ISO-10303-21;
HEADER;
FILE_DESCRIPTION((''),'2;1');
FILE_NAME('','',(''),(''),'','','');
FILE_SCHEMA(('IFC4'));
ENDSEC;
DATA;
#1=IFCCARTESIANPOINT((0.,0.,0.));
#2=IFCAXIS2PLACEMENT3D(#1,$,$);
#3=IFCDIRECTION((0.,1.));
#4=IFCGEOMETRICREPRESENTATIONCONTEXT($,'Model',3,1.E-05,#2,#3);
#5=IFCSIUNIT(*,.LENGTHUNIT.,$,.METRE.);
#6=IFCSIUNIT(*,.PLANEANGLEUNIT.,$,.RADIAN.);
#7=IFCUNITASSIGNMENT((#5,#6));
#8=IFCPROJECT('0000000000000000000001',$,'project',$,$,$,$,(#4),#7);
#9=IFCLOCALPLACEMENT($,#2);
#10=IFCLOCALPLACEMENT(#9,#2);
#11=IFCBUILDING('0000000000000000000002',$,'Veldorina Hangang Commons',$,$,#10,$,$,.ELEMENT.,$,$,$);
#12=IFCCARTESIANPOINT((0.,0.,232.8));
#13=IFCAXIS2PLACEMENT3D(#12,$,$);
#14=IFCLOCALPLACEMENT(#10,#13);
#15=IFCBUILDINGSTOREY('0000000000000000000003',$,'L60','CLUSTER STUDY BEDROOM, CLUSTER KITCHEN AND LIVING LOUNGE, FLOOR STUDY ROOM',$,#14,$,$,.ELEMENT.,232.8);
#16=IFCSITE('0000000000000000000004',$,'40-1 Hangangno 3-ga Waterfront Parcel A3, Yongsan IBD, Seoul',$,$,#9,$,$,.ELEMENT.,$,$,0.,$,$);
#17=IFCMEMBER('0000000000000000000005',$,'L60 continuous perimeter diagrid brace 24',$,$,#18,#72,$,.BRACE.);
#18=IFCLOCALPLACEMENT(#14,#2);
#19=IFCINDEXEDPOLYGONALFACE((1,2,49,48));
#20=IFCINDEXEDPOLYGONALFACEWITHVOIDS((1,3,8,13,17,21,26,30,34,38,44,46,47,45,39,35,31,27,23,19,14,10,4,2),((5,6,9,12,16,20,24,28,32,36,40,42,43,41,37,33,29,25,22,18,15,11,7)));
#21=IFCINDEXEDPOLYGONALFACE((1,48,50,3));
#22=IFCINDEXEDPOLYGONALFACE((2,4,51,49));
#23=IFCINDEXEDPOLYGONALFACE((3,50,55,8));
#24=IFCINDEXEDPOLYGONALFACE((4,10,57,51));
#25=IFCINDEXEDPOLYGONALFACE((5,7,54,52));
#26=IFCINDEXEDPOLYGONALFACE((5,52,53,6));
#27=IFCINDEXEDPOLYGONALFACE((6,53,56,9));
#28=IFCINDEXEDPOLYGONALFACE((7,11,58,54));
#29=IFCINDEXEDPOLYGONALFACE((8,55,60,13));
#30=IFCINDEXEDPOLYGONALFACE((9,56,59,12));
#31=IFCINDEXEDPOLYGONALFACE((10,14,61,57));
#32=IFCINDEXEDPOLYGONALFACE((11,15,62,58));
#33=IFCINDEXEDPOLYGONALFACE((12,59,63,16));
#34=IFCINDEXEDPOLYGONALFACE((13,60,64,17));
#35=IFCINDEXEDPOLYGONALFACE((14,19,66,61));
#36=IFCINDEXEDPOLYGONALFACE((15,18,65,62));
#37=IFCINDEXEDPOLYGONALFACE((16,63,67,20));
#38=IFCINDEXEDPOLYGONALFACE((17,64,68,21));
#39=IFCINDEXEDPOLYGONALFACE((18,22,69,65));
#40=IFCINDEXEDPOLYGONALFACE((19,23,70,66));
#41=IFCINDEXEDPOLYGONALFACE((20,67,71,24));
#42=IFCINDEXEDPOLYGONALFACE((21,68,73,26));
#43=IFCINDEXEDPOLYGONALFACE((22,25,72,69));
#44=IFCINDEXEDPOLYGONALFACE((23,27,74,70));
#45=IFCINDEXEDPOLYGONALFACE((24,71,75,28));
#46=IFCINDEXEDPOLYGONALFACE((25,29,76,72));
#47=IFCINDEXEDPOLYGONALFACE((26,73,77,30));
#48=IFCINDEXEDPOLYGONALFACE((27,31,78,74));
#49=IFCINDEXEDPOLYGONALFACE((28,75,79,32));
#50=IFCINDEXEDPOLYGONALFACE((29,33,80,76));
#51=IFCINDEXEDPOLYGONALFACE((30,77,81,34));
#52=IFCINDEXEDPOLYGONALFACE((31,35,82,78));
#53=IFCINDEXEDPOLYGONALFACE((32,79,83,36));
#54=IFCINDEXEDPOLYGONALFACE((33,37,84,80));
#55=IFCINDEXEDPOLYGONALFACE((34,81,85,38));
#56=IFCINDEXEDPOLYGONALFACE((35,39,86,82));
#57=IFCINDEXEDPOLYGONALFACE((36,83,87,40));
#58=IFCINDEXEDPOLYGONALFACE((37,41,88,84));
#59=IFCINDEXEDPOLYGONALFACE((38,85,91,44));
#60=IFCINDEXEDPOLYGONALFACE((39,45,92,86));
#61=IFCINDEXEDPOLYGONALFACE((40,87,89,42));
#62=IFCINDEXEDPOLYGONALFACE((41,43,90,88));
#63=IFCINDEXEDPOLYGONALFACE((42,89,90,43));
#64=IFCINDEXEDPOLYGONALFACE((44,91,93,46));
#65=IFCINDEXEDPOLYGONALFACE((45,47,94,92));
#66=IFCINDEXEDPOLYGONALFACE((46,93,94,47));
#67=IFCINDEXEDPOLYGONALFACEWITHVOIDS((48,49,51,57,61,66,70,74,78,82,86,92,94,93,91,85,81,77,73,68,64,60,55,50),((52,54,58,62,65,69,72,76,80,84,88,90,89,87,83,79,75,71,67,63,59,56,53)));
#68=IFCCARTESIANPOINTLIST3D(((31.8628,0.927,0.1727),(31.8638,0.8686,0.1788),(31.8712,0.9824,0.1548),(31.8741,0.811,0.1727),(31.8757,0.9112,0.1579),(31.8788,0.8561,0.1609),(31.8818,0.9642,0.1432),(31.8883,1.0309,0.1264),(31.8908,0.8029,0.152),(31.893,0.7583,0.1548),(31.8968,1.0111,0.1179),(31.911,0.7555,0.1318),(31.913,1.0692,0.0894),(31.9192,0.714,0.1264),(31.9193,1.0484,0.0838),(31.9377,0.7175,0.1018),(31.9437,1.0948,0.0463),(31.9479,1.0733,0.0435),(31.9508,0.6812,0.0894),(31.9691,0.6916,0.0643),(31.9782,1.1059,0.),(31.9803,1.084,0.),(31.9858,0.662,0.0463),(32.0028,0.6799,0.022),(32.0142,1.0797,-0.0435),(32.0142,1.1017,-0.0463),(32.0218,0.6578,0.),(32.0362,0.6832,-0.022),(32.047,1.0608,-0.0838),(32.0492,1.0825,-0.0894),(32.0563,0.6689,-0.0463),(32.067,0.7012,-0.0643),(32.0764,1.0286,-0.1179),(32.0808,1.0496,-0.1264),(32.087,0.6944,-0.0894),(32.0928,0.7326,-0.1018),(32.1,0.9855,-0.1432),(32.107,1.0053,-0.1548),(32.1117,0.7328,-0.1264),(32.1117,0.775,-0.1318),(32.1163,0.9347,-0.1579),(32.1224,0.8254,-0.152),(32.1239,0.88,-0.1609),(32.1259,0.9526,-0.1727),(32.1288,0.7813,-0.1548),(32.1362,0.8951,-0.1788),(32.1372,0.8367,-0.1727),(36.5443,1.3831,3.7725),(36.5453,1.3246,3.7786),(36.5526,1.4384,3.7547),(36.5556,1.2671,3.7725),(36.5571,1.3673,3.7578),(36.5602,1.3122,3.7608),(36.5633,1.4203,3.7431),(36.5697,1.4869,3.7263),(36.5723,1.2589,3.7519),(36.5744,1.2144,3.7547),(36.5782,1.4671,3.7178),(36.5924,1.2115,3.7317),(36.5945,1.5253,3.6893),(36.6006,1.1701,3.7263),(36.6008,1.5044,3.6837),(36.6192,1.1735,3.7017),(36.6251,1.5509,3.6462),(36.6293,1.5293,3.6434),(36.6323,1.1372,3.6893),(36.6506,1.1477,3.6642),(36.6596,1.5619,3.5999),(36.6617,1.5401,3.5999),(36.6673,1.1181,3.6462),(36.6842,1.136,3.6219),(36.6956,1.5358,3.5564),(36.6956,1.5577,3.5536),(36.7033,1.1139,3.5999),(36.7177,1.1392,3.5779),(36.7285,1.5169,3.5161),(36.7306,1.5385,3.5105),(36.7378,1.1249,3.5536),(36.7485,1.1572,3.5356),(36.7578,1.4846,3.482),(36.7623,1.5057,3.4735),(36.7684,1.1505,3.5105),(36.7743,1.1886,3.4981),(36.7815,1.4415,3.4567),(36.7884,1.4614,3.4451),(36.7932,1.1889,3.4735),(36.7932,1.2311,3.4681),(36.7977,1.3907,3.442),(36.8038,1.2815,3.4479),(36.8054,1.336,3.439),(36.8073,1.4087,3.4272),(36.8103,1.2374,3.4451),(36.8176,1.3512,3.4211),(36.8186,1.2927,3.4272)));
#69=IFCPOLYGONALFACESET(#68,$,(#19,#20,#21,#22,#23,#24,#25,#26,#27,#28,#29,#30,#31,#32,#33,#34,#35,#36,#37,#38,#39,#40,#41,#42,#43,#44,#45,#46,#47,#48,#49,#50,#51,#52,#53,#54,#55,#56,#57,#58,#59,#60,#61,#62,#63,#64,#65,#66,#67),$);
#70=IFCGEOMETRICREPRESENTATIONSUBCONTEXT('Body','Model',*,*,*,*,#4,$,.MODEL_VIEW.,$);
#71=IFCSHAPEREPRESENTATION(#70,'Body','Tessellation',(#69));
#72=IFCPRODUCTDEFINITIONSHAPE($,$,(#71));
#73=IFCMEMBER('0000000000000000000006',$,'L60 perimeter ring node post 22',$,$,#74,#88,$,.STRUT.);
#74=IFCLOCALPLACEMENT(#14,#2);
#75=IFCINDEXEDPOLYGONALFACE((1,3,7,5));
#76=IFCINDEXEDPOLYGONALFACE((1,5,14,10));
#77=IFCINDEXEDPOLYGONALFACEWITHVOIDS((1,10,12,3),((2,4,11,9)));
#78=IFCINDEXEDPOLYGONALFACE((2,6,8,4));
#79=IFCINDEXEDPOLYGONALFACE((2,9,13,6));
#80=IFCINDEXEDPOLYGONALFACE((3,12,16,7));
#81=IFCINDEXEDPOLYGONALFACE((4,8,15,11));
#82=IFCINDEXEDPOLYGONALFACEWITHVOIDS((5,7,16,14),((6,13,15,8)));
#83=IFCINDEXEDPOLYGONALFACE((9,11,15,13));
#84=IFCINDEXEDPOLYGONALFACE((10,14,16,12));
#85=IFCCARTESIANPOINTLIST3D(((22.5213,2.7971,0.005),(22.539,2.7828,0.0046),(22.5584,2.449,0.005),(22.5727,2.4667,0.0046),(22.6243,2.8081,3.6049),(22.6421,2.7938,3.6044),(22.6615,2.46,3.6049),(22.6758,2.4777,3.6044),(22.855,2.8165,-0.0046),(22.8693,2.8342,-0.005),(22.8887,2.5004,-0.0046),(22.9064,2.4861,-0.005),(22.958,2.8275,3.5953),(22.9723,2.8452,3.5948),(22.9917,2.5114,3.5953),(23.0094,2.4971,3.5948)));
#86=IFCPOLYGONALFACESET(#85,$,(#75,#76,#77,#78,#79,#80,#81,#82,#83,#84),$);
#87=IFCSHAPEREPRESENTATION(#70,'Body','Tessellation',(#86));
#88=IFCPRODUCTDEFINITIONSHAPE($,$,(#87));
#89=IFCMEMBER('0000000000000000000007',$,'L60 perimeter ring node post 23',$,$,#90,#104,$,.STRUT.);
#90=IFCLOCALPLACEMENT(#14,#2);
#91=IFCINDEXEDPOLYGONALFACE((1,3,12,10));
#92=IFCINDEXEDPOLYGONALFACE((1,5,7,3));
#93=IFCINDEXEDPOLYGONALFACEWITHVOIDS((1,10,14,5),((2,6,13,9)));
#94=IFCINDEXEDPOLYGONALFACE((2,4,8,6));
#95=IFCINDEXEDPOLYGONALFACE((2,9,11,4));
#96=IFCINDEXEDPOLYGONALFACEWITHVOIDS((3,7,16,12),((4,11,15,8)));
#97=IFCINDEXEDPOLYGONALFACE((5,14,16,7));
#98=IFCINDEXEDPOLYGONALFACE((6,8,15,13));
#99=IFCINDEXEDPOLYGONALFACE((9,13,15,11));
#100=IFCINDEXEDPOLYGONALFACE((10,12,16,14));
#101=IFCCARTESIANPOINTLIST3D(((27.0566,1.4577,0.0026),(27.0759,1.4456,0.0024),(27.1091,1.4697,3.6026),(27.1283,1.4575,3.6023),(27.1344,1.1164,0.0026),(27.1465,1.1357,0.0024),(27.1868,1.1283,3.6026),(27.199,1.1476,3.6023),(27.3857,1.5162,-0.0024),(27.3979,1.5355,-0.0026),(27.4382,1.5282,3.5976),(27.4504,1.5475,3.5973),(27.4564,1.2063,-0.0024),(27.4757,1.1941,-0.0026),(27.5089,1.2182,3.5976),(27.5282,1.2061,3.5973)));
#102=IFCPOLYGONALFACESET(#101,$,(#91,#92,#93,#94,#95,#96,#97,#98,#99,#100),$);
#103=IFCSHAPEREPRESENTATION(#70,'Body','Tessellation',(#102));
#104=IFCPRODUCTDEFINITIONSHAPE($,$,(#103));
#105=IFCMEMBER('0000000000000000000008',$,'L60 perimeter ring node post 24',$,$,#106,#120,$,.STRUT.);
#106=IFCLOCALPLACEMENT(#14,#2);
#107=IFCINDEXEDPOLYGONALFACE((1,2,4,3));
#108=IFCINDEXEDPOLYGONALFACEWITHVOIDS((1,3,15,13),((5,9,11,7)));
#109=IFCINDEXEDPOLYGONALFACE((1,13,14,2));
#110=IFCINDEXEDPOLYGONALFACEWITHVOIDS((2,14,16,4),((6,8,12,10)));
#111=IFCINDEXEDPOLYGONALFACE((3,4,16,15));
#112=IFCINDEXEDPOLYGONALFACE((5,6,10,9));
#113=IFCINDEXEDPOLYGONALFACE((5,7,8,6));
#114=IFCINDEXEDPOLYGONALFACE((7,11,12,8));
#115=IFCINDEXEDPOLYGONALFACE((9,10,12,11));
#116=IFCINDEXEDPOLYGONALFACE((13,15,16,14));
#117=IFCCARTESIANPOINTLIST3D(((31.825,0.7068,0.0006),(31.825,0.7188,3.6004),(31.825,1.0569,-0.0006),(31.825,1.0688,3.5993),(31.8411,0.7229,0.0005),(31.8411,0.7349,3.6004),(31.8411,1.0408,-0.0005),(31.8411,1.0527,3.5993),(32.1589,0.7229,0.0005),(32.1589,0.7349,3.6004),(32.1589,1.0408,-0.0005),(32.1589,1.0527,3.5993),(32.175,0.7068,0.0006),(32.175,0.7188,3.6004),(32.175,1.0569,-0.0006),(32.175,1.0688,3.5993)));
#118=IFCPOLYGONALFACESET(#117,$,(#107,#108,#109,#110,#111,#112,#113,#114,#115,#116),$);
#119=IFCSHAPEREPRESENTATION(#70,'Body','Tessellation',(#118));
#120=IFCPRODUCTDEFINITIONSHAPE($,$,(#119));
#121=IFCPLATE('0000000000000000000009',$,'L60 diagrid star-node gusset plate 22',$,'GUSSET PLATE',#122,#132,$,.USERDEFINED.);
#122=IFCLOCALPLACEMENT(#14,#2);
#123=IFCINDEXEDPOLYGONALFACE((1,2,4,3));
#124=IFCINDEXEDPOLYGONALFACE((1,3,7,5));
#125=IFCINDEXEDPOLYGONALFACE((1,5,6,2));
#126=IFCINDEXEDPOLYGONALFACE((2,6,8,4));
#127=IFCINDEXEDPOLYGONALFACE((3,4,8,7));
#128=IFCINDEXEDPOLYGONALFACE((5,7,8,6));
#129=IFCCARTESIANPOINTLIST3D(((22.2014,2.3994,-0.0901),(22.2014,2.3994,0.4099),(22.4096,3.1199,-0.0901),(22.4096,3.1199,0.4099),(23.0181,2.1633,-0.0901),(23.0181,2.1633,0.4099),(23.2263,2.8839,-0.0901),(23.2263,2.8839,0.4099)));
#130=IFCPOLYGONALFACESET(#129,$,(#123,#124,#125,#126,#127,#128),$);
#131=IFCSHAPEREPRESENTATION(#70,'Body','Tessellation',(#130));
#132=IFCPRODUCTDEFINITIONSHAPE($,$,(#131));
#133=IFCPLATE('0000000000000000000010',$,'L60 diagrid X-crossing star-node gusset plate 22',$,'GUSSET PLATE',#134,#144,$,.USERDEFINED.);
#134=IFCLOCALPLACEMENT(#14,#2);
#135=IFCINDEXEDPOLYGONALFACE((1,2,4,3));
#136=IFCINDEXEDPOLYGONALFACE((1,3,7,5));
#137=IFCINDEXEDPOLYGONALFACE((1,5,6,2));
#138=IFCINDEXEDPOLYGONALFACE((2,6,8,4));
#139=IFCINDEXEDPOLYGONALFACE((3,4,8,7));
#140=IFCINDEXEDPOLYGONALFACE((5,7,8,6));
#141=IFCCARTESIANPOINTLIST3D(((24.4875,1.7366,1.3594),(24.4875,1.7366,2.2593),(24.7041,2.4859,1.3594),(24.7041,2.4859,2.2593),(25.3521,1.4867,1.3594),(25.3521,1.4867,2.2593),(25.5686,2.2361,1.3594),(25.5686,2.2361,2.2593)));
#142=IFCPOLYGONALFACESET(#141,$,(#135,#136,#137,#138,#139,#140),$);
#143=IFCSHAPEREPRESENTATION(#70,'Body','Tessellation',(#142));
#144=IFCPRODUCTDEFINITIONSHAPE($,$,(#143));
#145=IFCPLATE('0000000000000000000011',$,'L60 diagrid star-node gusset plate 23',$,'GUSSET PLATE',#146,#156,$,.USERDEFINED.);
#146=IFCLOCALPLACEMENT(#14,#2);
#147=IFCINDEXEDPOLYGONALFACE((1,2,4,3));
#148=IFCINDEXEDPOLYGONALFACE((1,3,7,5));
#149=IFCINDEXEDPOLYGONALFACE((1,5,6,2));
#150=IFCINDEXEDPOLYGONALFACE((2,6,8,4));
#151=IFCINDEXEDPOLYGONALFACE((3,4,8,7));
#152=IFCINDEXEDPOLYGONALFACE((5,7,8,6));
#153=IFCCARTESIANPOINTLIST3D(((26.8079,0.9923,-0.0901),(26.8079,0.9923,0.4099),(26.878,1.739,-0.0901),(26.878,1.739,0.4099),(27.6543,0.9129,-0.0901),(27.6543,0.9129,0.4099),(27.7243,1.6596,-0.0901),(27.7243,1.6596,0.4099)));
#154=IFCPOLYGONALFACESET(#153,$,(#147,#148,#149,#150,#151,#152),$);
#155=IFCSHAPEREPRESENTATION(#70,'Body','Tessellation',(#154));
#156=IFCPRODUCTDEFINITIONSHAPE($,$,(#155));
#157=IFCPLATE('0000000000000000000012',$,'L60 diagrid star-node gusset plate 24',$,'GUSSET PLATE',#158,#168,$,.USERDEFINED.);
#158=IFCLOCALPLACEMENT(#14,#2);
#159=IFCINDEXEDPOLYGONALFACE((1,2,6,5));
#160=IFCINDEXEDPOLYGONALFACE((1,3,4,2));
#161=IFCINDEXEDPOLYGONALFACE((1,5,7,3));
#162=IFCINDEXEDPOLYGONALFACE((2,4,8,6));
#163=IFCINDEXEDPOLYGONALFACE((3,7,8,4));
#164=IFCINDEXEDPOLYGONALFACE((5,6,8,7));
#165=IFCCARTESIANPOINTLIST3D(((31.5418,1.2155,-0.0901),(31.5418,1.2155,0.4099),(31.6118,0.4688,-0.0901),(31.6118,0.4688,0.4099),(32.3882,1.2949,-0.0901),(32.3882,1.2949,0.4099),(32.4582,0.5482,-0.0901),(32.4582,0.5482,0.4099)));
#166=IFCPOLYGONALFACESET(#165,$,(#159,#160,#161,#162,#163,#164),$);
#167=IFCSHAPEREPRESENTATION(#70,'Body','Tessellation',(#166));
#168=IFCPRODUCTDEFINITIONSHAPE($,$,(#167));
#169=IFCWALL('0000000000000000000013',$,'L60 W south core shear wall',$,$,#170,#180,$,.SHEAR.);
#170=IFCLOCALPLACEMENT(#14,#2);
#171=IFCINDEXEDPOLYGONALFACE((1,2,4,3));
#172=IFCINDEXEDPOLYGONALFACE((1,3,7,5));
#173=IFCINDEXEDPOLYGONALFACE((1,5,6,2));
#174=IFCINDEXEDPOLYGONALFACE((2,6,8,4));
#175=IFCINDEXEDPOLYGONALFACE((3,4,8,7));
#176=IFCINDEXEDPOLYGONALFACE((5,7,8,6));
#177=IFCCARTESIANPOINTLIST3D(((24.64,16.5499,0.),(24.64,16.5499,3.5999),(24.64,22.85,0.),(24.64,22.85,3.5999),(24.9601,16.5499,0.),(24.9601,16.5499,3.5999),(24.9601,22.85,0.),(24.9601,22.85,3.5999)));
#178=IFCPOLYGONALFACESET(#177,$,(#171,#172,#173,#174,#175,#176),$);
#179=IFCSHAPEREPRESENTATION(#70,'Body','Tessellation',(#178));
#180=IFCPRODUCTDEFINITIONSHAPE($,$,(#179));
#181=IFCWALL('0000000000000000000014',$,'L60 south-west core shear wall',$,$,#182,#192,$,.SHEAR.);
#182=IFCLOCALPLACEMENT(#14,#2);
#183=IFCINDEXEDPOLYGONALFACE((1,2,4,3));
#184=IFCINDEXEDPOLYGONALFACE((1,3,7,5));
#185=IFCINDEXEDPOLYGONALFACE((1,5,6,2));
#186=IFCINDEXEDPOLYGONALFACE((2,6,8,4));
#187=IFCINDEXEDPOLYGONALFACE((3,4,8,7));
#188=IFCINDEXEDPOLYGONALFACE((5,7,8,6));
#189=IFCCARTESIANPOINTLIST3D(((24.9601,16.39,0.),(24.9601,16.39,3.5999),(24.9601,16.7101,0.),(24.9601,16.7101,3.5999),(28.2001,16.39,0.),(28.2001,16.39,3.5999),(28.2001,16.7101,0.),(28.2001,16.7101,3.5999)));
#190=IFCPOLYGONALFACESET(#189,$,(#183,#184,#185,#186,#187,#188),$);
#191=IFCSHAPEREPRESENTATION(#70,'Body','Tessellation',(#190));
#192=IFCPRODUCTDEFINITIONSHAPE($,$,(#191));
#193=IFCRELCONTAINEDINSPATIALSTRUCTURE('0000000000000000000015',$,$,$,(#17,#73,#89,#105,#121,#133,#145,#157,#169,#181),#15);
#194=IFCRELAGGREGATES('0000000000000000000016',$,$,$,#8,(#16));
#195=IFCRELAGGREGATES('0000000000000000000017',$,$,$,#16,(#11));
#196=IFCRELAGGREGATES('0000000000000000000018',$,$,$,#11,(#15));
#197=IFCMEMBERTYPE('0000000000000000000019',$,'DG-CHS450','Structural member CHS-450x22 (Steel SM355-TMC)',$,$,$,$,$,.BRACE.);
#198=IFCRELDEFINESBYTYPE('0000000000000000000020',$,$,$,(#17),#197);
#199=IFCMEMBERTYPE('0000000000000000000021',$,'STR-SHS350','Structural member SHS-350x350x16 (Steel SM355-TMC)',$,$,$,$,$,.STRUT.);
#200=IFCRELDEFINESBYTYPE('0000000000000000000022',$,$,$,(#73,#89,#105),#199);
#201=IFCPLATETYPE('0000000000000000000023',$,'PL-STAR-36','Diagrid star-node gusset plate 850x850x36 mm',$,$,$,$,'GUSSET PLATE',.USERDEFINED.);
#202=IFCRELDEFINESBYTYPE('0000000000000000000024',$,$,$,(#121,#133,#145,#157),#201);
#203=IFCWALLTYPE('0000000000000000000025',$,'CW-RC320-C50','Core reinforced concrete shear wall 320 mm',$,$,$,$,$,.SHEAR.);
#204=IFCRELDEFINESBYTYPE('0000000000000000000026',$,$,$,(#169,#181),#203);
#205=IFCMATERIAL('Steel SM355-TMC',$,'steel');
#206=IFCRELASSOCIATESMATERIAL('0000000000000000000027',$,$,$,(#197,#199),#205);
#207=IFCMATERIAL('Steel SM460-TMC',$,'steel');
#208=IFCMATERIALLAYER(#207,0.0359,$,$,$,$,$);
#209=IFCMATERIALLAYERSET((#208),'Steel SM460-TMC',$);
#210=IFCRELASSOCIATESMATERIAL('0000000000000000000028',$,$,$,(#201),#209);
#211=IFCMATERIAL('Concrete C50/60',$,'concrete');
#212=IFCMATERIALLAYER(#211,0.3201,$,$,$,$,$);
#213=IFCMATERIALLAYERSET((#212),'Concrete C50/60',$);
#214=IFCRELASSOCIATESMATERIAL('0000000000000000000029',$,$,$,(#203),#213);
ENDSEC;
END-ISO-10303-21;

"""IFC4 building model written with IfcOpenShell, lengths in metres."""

from ifc_helpers import new_model, si_unit, direction, frame, frame_2d, origin, origin_2d, place, context, subcontext, project, spatial, rectangle, hollow_rectangle, hollow_circle, extrude, material, layer, layer_set, material_profile, profile_set, type_object, element, save


model = new_model("IFC4")

# Units and contexts
model_context = context("Model", 3, precision=1e-05, world=origin(), true_north=direction((0.0, 1.0)))
body_context = subcontext(model_context, "Body", "Model", "MODEL_VIEW")
ifc_project = project(units=[si_unit("LENGTHUNIT", "METRE"), si_unit("PLANEANGLEUNIT", "RADIAN")], contexts=[model_context])

# Site, building, storey
site_placement = place(None, origin())
site = spatial("IfcSite", under=ifc_project, at=site_placement, Name="40-1 Hangangno 3-ga Waterfront Parcel A3, Yongsan IBD, Seoul", CompositionType="ELEMENT", RefElevation=0.0)
building_placement = place(site_placement, origin())
building = spatial("IfcBuilding", under=site, at=building_placement, Name="Veldorina Hangang Commons", CompositionType="ELEMENT")
storey_placement = place(building_placement, frame((0.0, 0.0, 232.8)))
storey = spatial("IfcBuildingStorey", under=building, at=storey_placement, Name="L60", Description="CLUSTER STUDY BEDROOM, CLUSTER KITCHEN AND LIVING LOUNGE, FLOOR STUDY ROOM", CompositionType="ELEMENT", Elevation=232.8)

# Shared definitions
ifc_material_1 = material(Name="Steel SM355-TMC", Category="steel")

# Members
ifc_material_profile_1 = material_profile(ifc_material_1, hollow_circle(Radius=0.2251, WallThickness=0.022, at=origin_2d()), Name="CHS-450x22")
ifc_profile_set_1 = profile_set([ifc_material_profile_1], Name="Steel SM355-TMC")
member_type_1 = type_object("IfcMemberType", Name="DG-CHS450", Description="Structural member CHS-450x22 (Steel SM355-TMC)", PredefinedType="BRACE", material=ifc_profile_set_1)
member_1_placement = place(storey_placement, frame((32.0, 0.8818, 0.0), z_axis=(0.790371, 0.076997, 0.607771), x_axis=(-0.09696, 0.995288, 0.0)))
element("IfcMember", 1, at=member_1_placement, inside=storey, type_object=member_type_1, Name="L60 continuous perimeter diagrid brace 24", PredefinedType="BRACE", context=body_context, shape_type="SweptSolid", body=[
    extrude(hollow_circle(Radius=0.2251, WallThickness=0.022, at=origin_2d()), origin(), (0.0, 0.0, 1.0), 5.9231),
])
ifc_material_profile_2 = material_profile(ifc_material_1, hollow_rectangle(XDim=0.3501, YDim=0.3501, WallThickness=0.0161, at=origin_2d()), Name="SHS-350x350x16")
ifc_profile_set_2 = profile_set([ifc_material_profile_2], Name="Steel SM355-TMC")
member_type_2 = type_object("IfcMemberType", Name="STR-SHS350", Description="Structural member SHS-350x350x16 (Steel SM355-TMC)", PredefinedType="STRUT", material=ifc_profile_set_2)
member_2_placement = place(storey_placement, frame((22.7139, 2.6416, 0.0), z_axis=(0.028608, 0.003051, 0.999586), x_axis=(-0.106034, 0.994363, 0.0)))
element("IfcMember", 2, at=member_2_placement, inside=storey, type_object=member_type_2, Name="L60 perimeter ring node post 22", PredefinedType="STRUT", context=body_context, shape_type="SweptSolid", body=[
    extrude(hollow_rectangle(XDim=0.3501, YDim=0.3501, WallThickness=0.0161, at=origin_2d()), origin(), (0.0, 0.0, 1.0), 3.6013),
])
member_3_placement = place(storey_placement, frame((27.2661, 1.3259, 0.0), z_axis=(0.01458, 0.003323, 0.999888), x_axis=(-0.222209, 0.974999, 0.0)))
element("IfcMember", 3, at=member_3_placement, inside=storey, type_object=member_type_2, Name="L60 perimeter ring node post 23", PredefinedType="STRUT", context=body_context, shape_type="SweptSolid", body=[
    extrude(hollow_rectangle(XDim=0.3501, YDim=0.3501, WallThickness=0.0161, at=origin_2d()), origin(), (0.0, 0.0, 1.0), 3.6003),
])
member_4_placement = place(storey_placement, frame((32.0, 0.8818, 0.0), z_axis=(0.0, 0.003323, 0.999994), x_axis=(-1.0, 0.0, 0.0)))
element("IfcMember", 4, at=member_4_placement, inside=storey, type_object=member_type_2, Name="L60 perimeter ring node post 24", PredefinedType="STRUT", context=body_context, shape_type="SweptSolid", body=[
    extrude(hollow_rectangle(XDim=0.3501, YDim=0.3501, WallThickness=0.0161, at=origin_2d()), origin(), (0.0, 0.0, 1.0), 3.5999),
])

# Plates
ifc_material_2 = material(Name="Steel SM460-TMC", Category="steel")
ifc_layer_1 = layer(ifc_material_2, 0.0359)
ifc_layer_set_1 = layer_set([ifc_layer_1], Name="Steel SM460-TMC")
plate_type = type_object("IfcPlateType", Name="PL-STAR-36", Description="Diagrid star-node gusset plate 850x850x36 mm", ElementType="GUSSET PLATE", PredefinedType="USERDEFINED", material=ifc_layer_set_1)
plate_1_placement = place(storey_placement, frame((22.7139, 2.6416, -0.0901), z_axis=(0.0, 0.0, 1.0), x_axis=(0.960687, -0.277633, 0.0)))
element("IfcPlate", 5, at=plate_1_placement, inside=storey, type_object=plate_type, Name="L60 diagrid star-node gusset plate 22", ObjectType="GUSSET PLATE", PredefinedType="USERDEFINED", context=body_context, shape_type="SweptSolid", body=[
    extrude(rectangle(XDim=0.8501, YDim=0.75, at=origin_2d()), origin(), (0.0, 0.0, 1.0), 0.5),
])
plate_2_placement = place(storey_placement, frame((25.0281, 1.9863, 1.3594), z_axis=(0.0, 0.0, 1.0), x_axis=(0.960687, -0.277633, 0.0)))
element("IfcPlate", 6, at=plate_2_placement, inside=storey, type_object=plate_type, Name="L60 diagrid X-crossing star-node gusset plate 22", ObjectType="GUSSET PLATE", PredefinedType="USERDEFINED", context=body_context, shape_type="SweptSolid", body=[
    extrude(rectangle(XDim=0.8999, YDim=0.78, at=origin_2d()), origin(), (0.0, 0.0, 1.0), 0.8999),
])
for number, where, z_axis, x_axis, name in (
    (7, (27.2661, 1.3259, -0.0901), (0.0, 0.0, 1.0), (0.995627, -0.093413, 0.0), "L60 diagrid star-node gusset plate 23"),
    (8, (32.0, 0.8818, -0.0901), (0.0, 0.0, 1.0), (0.995627, 0.093413, 0.0), "L60 diagrid star-node gusset plate 24"),
):
    element("IfcPlate", number, at=place(storey_placement, frame(where, z_axis=z_axis, x_axis=x_axis)), inside=storey, type_object=plate_type, Name=name, ObjectType="GUSSET PLATE", PredefinedType="USERDEFINED", context=body_context, shape_type="SweptSolid", body=[
        extrude(rectangle(XDim=0.8501, YDim=0.75, at=origin_2d()), origin(), (0.0, 0.0, 1.0), 0.5),
    ])

# Walls
ifc_material_3 = material(Name="Concrete C50/60", Category="concrete")
ifc_layer_2 = layer(ifc_material_3, 0.3201)
ifc_layer_set_2 = layer_set([ifc_layer_2], Name="Concrete C50/60")
wall_type_1 = type_object("IfcWallType", Name="CW-RC320-C50", Description="Core reinforced concrete shear wall 320 mm", PredefinedType="SHEAR", material=ifc_layer_set_2)
wall_1_placement = place(storey_placement, frame((24.8, 16.55, 0.0), z_axis=(0.0, 0.0, 1.0), x_axis=(0.0, 1.0, 0.0)))
element("IfcWall", 9, at=wall_1_placement, inside=storey, type_object=wall_type_1, Name="L60 W south core shear wall", PredefinedType="SHEAR", context=body_context, shape_type="SweptSolid", body=[
    extrude(rectangle(XDim=6.3, YDim=0.3201, at=frame_2d((3.1499, 0.0))), origin(), (0.0, 0.0, 1.0), 3.5999),
])
wall_2_placement = place(storey_placement, frame((24.96, 16.55, 0.0), z_axis=(0.0, 0.0, 1.0), x_axis=(1.0, 0.0, 0.0)))
element("IfcWall", 10, at=wall_2_placement, inside=storey, type_object=wall_type_1, Name="L60 south-west core shear wall", PredefinedType="SHEAR", context=body_context, shape_type="SweptSolid", body=[
    extrude(rectangle(XDim=3.24, YDim=0.3201, at=frame_2d((1.6201, 0.0))), origin(), (0.0, 0.0, 1.0), 3.5999),
])

save(model, "model.ifc")
